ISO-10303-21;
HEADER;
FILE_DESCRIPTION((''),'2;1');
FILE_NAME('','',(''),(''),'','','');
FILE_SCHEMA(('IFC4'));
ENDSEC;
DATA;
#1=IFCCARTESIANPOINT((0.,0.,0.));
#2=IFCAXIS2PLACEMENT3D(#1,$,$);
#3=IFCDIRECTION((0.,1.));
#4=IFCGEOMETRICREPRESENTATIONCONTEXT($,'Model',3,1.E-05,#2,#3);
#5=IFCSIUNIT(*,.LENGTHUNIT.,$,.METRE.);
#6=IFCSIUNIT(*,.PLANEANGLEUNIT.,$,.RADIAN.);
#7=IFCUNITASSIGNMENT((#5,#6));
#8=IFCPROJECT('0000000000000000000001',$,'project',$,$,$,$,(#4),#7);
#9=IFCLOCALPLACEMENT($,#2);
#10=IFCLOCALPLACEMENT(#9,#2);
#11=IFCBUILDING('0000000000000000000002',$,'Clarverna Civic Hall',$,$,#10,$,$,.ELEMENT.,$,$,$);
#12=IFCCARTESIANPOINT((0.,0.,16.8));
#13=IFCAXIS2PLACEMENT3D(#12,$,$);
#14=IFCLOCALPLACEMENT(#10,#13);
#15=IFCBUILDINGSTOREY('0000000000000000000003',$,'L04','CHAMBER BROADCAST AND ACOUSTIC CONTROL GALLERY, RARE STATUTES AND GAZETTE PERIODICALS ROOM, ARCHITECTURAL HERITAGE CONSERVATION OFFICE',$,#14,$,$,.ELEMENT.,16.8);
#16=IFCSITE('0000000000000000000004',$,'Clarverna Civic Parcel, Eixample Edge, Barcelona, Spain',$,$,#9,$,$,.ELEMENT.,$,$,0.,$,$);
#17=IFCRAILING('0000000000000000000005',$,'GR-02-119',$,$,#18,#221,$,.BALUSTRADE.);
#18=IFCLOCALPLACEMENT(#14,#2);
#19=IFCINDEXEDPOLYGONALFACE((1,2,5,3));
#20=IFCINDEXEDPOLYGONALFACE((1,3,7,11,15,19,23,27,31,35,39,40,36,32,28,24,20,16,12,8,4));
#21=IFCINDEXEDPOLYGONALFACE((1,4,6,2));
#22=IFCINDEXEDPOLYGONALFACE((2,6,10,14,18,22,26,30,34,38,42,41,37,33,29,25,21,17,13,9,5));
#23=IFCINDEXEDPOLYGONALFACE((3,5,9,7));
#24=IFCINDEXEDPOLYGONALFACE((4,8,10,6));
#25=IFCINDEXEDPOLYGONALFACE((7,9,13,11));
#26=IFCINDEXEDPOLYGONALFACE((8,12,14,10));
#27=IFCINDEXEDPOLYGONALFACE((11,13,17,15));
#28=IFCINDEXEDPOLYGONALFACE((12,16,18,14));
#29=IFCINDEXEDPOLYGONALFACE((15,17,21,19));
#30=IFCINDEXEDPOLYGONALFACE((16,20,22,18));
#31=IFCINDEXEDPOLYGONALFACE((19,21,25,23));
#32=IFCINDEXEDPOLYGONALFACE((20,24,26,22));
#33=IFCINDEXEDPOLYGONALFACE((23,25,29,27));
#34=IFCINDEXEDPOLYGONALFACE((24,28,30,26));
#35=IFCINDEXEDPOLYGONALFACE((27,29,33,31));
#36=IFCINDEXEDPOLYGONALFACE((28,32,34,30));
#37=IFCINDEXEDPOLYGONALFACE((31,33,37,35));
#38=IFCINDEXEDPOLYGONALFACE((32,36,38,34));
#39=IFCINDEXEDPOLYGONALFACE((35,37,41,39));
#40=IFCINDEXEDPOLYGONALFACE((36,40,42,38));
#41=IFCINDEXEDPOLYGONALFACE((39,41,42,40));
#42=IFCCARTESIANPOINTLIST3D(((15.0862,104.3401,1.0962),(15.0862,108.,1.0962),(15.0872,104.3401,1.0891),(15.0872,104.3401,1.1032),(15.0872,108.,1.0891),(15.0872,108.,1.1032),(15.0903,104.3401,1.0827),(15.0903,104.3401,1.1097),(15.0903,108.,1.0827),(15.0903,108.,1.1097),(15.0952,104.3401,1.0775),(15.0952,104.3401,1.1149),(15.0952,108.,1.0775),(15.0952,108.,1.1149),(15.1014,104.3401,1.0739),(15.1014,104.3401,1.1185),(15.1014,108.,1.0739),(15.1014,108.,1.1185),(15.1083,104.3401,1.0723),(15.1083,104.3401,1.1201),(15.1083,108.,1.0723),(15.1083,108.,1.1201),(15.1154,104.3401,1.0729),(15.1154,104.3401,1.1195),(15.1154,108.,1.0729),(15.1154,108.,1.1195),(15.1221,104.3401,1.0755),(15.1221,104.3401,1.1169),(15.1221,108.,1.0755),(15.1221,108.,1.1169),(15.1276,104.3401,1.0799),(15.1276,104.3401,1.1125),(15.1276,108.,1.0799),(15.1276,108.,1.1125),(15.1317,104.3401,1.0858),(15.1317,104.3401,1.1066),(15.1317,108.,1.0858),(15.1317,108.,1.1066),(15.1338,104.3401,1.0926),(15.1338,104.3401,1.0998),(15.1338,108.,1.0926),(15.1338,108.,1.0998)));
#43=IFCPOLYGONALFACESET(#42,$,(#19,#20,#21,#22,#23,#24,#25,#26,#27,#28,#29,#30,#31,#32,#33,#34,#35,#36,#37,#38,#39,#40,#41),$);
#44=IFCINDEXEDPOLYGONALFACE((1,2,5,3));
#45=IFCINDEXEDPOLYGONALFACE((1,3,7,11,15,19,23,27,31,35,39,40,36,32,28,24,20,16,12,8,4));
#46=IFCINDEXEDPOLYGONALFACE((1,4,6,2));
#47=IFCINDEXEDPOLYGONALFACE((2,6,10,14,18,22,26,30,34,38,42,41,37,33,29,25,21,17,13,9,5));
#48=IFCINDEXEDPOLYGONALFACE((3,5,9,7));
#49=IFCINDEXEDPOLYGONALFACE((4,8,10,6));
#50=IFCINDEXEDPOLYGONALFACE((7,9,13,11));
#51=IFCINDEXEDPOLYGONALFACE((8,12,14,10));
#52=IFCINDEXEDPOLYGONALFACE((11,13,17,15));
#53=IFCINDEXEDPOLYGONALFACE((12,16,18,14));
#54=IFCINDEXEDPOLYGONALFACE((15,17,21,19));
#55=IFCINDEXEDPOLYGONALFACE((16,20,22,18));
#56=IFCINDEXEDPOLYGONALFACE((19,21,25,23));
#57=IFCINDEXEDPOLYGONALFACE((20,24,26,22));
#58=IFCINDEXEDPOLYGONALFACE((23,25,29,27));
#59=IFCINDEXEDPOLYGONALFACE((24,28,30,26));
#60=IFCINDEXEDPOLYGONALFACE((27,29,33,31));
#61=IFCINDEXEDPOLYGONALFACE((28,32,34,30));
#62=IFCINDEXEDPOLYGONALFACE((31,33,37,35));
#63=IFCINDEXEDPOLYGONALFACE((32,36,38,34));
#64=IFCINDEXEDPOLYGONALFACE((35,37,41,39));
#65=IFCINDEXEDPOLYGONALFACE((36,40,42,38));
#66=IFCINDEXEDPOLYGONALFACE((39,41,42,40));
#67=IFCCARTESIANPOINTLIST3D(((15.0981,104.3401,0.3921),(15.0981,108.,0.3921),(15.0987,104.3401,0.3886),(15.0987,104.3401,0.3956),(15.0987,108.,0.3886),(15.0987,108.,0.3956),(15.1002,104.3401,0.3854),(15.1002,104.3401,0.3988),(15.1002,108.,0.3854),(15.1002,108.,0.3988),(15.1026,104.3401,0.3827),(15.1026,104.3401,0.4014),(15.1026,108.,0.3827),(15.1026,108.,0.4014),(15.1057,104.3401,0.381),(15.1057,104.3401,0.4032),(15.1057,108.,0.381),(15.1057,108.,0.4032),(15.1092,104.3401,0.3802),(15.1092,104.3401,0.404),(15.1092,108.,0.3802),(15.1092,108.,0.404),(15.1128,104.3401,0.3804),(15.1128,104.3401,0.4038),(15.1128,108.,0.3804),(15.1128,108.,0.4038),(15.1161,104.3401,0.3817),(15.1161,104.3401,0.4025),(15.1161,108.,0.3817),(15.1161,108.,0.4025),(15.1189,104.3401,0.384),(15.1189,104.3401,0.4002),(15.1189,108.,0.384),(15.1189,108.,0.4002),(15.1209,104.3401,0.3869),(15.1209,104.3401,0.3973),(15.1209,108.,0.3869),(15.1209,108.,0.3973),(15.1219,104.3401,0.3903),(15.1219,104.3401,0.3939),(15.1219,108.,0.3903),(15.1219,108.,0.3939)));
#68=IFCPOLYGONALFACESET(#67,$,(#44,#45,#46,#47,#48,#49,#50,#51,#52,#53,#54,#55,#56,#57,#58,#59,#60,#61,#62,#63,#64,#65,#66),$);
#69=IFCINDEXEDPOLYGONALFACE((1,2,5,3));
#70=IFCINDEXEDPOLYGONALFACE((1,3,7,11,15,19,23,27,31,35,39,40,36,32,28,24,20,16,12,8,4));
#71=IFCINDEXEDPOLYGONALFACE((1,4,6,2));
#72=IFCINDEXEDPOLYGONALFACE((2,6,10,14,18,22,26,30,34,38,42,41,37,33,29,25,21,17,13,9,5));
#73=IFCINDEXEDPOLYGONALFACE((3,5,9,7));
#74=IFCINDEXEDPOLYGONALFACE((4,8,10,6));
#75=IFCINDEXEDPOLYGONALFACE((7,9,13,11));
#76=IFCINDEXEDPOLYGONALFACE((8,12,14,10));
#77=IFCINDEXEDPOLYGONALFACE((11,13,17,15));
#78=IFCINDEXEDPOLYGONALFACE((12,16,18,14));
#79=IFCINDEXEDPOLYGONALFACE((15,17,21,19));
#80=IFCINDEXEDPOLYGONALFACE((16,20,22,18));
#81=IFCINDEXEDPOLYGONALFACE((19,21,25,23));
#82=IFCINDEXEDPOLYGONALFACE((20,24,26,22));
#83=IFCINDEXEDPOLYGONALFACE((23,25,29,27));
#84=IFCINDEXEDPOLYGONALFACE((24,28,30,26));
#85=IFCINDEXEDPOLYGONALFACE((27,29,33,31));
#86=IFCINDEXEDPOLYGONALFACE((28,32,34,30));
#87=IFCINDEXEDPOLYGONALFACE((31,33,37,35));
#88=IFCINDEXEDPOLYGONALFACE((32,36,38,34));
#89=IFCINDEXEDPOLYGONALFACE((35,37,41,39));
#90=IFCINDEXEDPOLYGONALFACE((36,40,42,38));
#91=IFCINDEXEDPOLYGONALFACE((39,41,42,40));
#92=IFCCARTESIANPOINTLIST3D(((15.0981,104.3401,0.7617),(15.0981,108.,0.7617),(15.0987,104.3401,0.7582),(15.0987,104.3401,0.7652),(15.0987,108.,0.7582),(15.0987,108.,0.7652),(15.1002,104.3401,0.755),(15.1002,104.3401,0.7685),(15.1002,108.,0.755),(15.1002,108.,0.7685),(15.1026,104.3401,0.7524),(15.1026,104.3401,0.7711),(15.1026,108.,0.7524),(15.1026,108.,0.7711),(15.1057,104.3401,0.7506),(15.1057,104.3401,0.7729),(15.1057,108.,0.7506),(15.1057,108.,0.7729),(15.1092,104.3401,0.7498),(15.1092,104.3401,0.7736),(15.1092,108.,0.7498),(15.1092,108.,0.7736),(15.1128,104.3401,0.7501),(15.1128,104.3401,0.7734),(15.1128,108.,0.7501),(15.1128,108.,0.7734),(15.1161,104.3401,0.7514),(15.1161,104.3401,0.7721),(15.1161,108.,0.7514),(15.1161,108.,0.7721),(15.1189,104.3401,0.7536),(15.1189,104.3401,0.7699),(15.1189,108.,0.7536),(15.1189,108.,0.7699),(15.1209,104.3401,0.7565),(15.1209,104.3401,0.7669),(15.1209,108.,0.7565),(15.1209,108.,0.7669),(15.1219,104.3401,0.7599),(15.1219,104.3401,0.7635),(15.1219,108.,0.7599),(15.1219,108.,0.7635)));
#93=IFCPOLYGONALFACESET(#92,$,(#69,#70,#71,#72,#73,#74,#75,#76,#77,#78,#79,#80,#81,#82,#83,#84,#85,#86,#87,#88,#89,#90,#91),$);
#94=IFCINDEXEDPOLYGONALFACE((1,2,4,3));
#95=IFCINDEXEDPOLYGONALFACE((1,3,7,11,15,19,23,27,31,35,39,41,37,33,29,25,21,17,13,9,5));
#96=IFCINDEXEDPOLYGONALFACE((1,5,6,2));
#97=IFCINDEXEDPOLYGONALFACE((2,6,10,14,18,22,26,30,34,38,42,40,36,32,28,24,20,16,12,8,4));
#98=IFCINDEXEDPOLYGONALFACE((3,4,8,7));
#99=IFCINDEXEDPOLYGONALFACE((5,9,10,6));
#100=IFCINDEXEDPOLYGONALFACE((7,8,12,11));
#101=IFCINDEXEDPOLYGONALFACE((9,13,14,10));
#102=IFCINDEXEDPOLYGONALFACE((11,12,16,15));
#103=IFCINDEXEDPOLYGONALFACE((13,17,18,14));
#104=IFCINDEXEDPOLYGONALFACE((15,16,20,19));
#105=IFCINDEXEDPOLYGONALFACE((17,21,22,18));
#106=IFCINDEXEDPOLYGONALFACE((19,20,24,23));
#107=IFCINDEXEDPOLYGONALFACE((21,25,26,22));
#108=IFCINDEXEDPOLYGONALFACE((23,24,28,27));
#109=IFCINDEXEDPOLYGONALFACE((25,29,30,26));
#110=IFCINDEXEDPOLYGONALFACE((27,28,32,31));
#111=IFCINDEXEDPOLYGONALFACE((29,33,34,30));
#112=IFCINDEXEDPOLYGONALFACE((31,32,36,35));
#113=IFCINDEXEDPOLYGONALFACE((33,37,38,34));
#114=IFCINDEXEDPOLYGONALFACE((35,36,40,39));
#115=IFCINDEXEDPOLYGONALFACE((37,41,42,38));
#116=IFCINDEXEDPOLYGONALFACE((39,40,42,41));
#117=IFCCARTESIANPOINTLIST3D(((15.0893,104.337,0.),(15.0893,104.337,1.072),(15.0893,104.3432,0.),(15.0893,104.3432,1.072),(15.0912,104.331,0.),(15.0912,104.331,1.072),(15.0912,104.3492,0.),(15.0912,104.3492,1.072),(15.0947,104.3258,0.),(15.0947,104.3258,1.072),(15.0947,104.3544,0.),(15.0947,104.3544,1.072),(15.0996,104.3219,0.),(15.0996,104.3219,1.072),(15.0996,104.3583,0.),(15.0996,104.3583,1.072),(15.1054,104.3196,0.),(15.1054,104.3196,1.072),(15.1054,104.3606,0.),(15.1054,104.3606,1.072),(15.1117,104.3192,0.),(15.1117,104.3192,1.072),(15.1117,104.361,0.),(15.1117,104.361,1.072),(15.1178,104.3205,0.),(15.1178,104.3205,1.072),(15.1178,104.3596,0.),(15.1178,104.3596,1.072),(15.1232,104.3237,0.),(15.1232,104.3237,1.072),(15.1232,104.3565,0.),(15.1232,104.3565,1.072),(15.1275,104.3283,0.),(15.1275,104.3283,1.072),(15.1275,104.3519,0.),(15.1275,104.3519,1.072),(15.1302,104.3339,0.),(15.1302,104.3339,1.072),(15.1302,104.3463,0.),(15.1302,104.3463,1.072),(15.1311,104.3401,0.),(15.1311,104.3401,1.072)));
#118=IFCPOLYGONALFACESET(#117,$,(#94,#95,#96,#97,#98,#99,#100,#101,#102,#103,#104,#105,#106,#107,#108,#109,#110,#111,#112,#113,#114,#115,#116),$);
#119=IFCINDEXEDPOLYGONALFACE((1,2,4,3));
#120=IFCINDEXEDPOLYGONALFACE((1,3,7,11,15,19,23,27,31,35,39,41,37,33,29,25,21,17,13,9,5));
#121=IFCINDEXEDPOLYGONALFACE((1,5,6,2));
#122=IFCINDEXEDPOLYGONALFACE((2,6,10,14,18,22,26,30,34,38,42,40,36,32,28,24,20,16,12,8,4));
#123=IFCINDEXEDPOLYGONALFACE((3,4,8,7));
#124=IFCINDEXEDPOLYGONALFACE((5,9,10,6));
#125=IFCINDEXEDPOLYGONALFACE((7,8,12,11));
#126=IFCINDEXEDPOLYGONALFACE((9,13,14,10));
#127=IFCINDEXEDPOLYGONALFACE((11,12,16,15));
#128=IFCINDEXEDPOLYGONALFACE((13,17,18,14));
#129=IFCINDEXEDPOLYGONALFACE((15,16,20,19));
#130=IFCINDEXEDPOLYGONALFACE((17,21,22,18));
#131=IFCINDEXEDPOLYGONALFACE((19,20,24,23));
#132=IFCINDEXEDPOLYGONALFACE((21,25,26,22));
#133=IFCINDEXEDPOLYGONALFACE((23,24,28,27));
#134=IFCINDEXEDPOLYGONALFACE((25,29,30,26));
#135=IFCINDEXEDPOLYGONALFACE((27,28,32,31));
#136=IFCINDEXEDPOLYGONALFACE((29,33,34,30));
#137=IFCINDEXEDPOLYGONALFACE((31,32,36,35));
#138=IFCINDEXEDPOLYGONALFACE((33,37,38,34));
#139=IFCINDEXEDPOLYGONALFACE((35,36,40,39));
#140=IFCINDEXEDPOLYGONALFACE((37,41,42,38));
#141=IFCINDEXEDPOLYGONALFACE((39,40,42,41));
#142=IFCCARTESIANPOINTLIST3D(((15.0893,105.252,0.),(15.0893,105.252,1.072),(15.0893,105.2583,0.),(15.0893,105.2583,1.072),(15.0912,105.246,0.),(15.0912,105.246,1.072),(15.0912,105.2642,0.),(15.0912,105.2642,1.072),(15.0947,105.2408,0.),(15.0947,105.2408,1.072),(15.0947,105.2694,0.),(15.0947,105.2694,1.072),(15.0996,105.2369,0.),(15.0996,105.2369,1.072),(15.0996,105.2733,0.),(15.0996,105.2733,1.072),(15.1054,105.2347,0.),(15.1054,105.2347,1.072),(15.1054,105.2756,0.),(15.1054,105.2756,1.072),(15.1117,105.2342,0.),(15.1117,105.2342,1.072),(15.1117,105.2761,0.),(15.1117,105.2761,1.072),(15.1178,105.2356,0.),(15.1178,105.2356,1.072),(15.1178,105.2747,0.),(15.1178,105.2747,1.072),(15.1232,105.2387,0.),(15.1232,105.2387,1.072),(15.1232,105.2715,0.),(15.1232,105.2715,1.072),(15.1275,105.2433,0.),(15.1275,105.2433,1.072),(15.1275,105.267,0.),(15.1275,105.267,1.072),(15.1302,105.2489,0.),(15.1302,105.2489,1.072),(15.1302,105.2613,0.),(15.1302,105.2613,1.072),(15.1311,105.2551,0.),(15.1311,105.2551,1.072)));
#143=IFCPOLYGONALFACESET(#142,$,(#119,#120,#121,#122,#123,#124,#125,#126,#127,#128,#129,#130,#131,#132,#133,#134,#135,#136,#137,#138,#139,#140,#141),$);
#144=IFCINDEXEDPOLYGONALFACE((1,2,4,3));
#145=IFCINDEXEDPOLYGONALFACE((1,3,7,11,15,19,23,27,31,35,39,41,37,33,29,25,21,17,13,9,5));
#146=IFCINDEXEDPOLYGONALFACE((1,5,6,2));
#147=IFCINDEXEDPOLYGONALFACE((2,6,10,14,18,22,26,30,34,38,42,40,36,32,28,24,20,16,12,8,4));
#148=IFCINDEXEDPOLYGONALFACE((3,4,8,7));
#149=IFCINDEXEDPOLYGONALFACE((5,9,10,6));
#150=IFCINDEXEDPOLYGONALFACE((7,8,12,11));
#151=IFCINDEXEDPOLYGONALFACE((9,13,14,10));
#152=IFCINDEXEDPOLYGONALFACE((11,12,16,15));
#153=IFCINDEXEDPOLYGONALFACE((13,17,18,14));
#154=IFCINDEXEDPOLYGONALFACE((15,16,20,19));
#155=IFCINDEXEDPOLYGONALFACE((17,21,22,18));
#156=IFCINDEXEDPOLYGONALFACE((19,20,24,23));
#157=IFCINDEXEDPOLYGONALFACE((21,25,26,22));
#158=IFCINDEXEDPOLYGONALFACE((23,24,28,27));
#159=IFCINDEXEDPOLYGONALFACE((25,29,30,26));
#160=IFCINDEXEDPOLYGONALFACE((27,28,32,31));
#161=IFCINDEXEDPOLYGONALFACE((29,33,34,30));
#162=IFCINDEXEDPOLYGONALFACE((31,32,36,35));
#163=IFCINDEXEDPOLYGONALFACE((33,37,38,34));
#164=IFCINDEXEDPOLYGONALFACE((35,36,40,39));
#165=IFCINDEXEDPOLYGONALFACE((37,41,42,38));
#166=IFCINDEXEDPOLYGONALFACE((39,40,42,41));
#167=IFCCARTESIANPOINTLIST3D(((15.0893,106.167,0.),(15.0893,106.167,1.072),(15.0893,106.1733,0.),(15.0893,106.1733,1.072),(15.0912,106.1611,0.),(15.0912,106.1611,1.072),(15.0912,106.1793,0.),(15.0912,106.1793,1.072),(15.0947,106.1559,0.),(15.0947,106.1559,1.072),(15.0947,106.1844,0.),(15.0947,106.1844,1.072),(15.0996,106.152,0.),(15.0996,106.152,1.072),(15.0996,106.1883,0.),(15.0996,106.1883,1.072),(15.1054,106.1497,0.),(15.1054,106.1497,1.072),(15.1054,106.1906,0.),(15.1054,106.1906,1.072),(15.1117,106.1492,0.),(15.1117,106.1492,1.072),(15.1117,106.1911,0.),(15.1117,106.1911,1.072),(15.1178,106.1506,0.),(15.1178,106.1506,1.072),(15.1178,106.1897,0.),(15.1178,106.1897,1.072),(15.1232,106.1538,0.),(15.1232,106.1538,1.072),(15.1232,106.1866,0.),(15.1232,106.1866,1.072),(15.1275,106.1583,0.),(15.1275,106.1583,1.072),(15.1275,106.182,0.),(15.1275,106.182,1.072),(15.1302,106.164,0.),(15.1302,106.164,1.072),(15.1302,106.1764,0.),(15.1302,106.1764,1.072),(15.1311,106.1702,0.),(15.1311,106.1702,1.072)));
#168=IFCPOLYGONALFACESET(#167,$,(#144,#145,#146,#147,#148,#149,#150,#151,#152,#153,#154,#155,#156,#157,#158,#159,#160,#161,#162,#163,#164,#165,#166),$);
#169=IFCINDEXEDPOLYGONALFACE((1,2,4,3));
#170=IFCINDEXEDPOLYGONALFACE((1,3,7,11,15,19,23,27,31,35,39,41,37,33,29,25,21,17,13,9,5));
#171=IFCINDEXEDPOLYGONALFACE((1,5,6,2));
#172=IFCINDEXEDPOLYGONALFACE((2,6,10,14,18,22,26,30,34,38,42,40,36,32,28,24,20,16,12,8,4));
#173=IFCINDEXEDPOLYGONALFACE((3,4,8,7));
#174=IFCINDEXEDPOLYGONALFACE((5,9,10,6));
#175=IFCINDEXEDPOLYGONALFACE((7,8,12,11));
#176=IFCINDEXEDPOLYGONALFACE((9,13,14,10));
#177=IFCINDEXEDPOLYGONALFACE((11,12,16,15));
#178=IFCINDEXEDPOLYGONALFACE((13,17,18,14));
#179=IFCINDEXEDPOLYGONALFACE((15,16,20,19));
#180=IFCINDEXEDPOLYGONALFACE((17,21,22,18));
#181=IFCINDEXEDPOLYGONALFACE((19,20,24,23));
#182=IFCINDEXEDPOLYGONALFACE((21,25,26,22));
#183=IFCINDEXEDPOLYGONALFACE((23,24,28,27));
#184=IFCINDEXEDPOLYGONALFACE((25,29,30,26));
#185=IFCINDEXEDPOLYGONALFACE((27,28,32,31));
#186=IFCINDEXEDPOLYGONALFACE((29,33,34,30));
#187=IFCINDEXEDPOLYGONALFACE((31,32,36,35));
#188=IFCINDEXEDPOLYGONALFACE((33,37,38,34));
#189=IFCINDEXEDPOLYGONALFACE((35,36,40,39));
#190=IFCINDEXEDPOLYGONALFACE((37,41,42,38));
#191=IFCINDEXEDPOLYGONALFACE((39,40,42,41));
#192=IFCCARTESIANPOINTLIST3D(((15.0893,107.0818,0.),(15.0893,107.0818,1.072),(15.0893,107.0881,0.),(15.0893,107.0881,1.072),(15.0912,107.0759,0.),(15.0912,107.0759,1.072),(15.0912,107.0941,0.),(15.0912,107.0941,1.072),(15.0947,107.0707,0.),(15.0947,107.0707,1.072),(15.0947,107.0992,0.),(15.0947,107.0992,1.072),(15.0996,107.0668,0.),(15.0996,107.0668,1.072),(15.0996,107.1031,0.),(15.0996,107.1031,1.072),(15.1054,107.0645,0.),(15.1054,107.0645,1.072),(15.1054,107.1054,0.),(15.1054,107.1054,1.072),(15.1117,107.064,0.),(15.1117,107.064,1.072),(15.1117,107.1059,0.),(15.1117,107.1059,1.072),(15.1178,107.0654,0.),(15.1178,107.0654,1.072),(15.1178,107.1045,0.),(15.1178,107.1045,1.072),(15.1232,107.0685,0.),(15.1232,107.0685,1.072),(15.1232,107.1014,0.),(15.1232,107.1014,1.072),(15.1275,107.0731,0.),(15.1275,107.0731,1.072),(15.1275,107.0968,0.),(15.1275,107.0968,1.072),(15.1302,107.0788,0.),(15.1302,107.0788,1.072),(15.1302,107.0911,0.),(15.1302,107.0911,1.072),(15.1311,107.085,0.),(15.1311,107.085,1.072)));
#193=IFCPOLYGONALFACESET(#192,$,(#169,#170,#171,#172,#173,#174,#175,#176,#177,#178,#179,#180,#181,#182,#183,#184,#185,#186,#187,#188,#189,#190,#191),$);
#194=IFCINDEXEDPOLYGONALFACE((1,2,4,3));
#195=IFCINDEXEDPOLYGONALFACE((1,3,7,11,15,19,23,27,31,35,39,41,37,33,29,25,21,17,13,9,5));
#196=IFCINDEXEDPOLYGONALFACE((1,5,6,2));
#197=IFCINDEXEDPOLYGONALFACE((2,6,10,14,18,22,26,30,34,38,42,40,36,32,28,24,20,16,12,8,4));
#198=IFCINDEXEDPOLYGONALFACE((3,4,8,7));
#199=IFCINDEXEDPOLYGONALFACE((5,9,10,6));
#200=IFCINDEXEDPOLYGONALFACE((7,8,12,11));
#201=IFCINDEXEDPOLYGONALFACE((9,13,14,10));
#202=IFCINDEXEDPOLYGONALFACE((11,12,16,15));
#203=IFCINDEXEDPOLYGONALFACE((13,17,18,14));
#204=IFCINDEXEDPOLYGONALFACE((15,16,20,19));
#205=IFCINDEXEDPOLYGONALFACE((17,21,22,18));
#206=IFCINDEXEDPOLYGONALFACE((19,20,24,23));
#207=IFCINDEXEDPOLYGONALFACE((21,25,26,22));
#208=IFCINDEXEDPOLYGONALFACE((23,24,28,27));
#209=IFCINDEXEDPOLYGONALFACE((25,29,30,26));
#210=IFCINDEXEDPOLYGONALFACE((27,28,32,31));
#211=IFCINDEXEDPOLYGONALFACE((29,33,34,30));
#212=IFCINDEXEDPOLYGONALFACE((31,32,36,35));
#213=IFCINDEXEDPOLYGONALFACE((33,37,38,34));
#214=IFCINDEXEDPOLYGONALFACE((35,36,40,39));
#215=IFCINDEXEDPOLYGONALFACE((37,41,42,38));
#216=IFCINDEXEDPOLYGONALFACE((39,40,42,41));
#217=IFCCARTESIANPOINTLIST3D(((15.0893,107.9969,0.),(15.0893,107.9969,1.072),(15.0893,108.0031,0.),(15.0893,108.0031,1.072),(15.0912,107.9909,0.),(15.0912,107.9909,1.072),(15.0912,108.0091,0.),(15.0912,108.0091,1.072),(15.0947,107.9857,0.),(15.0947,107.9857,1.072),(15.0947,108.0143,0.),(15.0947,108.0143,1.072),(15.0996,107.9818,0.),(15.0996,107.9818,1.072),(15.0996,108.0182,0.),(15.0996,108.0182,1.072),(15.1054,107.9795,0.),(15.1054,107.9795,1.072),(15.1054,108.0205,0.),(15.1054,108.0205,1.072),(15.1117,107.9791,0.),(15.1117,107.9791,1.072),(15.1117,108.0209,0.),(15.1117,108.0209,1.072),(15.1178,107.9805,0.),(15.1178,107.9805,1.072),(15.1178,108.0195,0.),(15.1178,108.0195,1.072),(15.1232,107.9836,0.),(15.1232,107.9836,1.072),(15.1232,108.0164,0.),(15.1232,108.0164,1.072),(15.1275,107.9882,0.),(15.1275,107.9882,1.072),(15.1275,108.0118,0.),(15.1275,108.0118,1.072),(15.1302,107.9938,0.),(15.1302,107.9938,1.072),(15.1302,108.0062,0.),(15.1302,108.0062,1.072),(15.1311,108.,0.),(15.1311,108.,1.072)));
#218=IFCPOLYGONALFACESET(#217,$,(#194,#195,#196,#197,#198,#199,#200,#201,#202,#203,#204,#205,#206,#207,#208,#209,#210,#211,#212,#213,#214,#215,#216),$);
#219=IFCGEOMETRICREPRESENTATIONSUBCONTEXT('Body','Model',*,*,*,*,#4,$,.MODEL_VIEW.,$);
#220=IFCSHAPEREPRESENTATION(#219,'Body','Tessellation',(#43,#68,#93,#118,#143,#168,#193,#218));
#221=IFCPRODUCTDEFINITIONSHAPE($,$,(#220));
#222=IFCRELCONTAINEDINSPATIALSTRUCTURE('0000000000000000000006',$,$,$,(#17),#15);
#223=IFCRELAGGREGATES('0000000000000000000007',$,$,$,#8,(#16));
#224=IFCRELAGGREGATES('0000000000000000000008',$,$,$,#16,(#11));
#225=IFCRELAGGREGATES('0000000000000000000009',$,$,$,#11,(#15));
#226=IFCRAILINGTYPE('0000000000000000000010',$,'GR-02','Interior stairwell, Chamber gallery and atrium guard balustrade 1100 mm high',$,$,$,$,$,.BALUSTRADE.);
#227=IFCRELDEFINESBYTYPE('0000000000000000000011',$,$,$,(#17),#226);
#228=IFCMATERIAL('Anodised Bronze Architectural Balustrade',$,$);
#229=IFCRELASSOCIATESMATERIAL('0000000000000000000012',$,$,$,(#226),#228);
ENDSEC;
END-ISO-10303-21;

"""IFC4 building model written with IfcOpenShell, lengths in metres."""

from ifc_helpers import new_model, si_unit, direction, frame, origin, origin_2d, place, context, subcontext, project, spatial, circle, extrude, material, type_object, element, save


model = new_model("IFC4")

# Units and contexts
model_context = context("Model", 3, precision=1e-05, world=origin(), true_north=direction((0.0, 1.0)))
body_context = subcontext(model_context, "Body", "Model", "MODEL_VIEW")
ifc_project = project(units=[si_unit("LENGTHUNIT", "METRE"), si_unit("PLANEANGLEUNIT", "RADIAN")], contexts=[model_context])

# Site, building, storey
site_placement = place(None, origin())
site = spatial("IfcSite", under=ifc_project, at=site_placement, Name="Clarverna Civic Parcel, Eixample Edge, Barcelona, Spain", CompositionType="ELEMENT", RefElevation=0.0)
building_placement = place(site_placement, origin())
building = spatial("IfcBuilding", under=site, at=building_placement, Name="Clarverna Civic Hall", CompositionType="ELEMENT")
storey_placement = place(building_placement, frame((0.0, 0.0, 16.8)))
storey = spatial("IfcBuildingStorey", under=building, at=storey_placement, Name="L04", Description="CHAMBER BROADCAST AND ACOUSTIC CONTROL GALLERY, RARE STATUTES AND GAZETTE PERIODICALS ROOM, ARCHITECTURAL HERITAGE CONSERVATION OFFICE", CompositionType="ELEMENT", Elevation=16.8)

# Railing
ifc_material_1 = material(Name="Anodised Bronze Architectural Balustrade")
railing_type = type_object("IfcRailingType", Name="GR-02", Description="Interior stairwell, Chamber gallery and atrium guard balustrade 1100 mm high", PredefinedType="BALUSTRADE", material=ifc_material_1)
railing_placement = place(storey_placement, frame((15.1101, 104.3401, 0.0)))
element("IfcRailing", 1, at=railing_placement, inside=storey, type_object=railing_type, Name="GR-02-119", PredefinedType="BALUSTRADE", context=body_context, shape_type="SweptSolid", body=[
    extrude(circle(Radius=0.0239, at=origin_2d()), frame((0.0, 0.0, 1.0962), z_axis=(0.0, 1.0, 0.0), x_axis=(-1.0, 0.0, 0.0)), (0.0, 0.0, 1.0), 3.6599),
    extrude(circle(Radius=0.012, at=origin_2d()), frame((0.0, 0.0, 0.3921), z_axis=(0.0, 1.0, 0.0), x_axis=(-1.0, 0.0, 0.0)), (0.0, 0.0, 1.0), 3.6599),
    extrude(circle(Radius=0.012, at=origin_2d()), frame((0.0, 0.0, 0.7617), z_axis=(0.0, 1.0, 0.0), x_axis=(-1.0, 0.0, 0.0)), (0.0, 0.0, 1.0), 3.6599),
    extrude(circle(Radius=0.021, at=origin_2d()), origin(), (0.0, 0.0, 1.0), 1.072),
    extrude(circle(Radius=0.021, at=origin_2d()), frame((0.0, 0.915, 0.0)), (0.0, 0.0, 1.0), 1.072),
    extrude(circle(Radius=0.021, at=origin_2d()), frame((0.0, 1.8301, 0.0)), (0.0, 0.0, 1.0), 1.072),
    extrude(circle(Radius=0.021, at=origin_2d()), frame((0.0, 2.7449, 0.0)), (0.0, 0.0, 1.0), 1.072),
    extrude(circle(Radius=0.021, at=origin_2d()), frame((0.0, 3.6599, 0.0)), (0.0, 0.0, 1.0), 1.072),
])

save(model, "model.ifc")
